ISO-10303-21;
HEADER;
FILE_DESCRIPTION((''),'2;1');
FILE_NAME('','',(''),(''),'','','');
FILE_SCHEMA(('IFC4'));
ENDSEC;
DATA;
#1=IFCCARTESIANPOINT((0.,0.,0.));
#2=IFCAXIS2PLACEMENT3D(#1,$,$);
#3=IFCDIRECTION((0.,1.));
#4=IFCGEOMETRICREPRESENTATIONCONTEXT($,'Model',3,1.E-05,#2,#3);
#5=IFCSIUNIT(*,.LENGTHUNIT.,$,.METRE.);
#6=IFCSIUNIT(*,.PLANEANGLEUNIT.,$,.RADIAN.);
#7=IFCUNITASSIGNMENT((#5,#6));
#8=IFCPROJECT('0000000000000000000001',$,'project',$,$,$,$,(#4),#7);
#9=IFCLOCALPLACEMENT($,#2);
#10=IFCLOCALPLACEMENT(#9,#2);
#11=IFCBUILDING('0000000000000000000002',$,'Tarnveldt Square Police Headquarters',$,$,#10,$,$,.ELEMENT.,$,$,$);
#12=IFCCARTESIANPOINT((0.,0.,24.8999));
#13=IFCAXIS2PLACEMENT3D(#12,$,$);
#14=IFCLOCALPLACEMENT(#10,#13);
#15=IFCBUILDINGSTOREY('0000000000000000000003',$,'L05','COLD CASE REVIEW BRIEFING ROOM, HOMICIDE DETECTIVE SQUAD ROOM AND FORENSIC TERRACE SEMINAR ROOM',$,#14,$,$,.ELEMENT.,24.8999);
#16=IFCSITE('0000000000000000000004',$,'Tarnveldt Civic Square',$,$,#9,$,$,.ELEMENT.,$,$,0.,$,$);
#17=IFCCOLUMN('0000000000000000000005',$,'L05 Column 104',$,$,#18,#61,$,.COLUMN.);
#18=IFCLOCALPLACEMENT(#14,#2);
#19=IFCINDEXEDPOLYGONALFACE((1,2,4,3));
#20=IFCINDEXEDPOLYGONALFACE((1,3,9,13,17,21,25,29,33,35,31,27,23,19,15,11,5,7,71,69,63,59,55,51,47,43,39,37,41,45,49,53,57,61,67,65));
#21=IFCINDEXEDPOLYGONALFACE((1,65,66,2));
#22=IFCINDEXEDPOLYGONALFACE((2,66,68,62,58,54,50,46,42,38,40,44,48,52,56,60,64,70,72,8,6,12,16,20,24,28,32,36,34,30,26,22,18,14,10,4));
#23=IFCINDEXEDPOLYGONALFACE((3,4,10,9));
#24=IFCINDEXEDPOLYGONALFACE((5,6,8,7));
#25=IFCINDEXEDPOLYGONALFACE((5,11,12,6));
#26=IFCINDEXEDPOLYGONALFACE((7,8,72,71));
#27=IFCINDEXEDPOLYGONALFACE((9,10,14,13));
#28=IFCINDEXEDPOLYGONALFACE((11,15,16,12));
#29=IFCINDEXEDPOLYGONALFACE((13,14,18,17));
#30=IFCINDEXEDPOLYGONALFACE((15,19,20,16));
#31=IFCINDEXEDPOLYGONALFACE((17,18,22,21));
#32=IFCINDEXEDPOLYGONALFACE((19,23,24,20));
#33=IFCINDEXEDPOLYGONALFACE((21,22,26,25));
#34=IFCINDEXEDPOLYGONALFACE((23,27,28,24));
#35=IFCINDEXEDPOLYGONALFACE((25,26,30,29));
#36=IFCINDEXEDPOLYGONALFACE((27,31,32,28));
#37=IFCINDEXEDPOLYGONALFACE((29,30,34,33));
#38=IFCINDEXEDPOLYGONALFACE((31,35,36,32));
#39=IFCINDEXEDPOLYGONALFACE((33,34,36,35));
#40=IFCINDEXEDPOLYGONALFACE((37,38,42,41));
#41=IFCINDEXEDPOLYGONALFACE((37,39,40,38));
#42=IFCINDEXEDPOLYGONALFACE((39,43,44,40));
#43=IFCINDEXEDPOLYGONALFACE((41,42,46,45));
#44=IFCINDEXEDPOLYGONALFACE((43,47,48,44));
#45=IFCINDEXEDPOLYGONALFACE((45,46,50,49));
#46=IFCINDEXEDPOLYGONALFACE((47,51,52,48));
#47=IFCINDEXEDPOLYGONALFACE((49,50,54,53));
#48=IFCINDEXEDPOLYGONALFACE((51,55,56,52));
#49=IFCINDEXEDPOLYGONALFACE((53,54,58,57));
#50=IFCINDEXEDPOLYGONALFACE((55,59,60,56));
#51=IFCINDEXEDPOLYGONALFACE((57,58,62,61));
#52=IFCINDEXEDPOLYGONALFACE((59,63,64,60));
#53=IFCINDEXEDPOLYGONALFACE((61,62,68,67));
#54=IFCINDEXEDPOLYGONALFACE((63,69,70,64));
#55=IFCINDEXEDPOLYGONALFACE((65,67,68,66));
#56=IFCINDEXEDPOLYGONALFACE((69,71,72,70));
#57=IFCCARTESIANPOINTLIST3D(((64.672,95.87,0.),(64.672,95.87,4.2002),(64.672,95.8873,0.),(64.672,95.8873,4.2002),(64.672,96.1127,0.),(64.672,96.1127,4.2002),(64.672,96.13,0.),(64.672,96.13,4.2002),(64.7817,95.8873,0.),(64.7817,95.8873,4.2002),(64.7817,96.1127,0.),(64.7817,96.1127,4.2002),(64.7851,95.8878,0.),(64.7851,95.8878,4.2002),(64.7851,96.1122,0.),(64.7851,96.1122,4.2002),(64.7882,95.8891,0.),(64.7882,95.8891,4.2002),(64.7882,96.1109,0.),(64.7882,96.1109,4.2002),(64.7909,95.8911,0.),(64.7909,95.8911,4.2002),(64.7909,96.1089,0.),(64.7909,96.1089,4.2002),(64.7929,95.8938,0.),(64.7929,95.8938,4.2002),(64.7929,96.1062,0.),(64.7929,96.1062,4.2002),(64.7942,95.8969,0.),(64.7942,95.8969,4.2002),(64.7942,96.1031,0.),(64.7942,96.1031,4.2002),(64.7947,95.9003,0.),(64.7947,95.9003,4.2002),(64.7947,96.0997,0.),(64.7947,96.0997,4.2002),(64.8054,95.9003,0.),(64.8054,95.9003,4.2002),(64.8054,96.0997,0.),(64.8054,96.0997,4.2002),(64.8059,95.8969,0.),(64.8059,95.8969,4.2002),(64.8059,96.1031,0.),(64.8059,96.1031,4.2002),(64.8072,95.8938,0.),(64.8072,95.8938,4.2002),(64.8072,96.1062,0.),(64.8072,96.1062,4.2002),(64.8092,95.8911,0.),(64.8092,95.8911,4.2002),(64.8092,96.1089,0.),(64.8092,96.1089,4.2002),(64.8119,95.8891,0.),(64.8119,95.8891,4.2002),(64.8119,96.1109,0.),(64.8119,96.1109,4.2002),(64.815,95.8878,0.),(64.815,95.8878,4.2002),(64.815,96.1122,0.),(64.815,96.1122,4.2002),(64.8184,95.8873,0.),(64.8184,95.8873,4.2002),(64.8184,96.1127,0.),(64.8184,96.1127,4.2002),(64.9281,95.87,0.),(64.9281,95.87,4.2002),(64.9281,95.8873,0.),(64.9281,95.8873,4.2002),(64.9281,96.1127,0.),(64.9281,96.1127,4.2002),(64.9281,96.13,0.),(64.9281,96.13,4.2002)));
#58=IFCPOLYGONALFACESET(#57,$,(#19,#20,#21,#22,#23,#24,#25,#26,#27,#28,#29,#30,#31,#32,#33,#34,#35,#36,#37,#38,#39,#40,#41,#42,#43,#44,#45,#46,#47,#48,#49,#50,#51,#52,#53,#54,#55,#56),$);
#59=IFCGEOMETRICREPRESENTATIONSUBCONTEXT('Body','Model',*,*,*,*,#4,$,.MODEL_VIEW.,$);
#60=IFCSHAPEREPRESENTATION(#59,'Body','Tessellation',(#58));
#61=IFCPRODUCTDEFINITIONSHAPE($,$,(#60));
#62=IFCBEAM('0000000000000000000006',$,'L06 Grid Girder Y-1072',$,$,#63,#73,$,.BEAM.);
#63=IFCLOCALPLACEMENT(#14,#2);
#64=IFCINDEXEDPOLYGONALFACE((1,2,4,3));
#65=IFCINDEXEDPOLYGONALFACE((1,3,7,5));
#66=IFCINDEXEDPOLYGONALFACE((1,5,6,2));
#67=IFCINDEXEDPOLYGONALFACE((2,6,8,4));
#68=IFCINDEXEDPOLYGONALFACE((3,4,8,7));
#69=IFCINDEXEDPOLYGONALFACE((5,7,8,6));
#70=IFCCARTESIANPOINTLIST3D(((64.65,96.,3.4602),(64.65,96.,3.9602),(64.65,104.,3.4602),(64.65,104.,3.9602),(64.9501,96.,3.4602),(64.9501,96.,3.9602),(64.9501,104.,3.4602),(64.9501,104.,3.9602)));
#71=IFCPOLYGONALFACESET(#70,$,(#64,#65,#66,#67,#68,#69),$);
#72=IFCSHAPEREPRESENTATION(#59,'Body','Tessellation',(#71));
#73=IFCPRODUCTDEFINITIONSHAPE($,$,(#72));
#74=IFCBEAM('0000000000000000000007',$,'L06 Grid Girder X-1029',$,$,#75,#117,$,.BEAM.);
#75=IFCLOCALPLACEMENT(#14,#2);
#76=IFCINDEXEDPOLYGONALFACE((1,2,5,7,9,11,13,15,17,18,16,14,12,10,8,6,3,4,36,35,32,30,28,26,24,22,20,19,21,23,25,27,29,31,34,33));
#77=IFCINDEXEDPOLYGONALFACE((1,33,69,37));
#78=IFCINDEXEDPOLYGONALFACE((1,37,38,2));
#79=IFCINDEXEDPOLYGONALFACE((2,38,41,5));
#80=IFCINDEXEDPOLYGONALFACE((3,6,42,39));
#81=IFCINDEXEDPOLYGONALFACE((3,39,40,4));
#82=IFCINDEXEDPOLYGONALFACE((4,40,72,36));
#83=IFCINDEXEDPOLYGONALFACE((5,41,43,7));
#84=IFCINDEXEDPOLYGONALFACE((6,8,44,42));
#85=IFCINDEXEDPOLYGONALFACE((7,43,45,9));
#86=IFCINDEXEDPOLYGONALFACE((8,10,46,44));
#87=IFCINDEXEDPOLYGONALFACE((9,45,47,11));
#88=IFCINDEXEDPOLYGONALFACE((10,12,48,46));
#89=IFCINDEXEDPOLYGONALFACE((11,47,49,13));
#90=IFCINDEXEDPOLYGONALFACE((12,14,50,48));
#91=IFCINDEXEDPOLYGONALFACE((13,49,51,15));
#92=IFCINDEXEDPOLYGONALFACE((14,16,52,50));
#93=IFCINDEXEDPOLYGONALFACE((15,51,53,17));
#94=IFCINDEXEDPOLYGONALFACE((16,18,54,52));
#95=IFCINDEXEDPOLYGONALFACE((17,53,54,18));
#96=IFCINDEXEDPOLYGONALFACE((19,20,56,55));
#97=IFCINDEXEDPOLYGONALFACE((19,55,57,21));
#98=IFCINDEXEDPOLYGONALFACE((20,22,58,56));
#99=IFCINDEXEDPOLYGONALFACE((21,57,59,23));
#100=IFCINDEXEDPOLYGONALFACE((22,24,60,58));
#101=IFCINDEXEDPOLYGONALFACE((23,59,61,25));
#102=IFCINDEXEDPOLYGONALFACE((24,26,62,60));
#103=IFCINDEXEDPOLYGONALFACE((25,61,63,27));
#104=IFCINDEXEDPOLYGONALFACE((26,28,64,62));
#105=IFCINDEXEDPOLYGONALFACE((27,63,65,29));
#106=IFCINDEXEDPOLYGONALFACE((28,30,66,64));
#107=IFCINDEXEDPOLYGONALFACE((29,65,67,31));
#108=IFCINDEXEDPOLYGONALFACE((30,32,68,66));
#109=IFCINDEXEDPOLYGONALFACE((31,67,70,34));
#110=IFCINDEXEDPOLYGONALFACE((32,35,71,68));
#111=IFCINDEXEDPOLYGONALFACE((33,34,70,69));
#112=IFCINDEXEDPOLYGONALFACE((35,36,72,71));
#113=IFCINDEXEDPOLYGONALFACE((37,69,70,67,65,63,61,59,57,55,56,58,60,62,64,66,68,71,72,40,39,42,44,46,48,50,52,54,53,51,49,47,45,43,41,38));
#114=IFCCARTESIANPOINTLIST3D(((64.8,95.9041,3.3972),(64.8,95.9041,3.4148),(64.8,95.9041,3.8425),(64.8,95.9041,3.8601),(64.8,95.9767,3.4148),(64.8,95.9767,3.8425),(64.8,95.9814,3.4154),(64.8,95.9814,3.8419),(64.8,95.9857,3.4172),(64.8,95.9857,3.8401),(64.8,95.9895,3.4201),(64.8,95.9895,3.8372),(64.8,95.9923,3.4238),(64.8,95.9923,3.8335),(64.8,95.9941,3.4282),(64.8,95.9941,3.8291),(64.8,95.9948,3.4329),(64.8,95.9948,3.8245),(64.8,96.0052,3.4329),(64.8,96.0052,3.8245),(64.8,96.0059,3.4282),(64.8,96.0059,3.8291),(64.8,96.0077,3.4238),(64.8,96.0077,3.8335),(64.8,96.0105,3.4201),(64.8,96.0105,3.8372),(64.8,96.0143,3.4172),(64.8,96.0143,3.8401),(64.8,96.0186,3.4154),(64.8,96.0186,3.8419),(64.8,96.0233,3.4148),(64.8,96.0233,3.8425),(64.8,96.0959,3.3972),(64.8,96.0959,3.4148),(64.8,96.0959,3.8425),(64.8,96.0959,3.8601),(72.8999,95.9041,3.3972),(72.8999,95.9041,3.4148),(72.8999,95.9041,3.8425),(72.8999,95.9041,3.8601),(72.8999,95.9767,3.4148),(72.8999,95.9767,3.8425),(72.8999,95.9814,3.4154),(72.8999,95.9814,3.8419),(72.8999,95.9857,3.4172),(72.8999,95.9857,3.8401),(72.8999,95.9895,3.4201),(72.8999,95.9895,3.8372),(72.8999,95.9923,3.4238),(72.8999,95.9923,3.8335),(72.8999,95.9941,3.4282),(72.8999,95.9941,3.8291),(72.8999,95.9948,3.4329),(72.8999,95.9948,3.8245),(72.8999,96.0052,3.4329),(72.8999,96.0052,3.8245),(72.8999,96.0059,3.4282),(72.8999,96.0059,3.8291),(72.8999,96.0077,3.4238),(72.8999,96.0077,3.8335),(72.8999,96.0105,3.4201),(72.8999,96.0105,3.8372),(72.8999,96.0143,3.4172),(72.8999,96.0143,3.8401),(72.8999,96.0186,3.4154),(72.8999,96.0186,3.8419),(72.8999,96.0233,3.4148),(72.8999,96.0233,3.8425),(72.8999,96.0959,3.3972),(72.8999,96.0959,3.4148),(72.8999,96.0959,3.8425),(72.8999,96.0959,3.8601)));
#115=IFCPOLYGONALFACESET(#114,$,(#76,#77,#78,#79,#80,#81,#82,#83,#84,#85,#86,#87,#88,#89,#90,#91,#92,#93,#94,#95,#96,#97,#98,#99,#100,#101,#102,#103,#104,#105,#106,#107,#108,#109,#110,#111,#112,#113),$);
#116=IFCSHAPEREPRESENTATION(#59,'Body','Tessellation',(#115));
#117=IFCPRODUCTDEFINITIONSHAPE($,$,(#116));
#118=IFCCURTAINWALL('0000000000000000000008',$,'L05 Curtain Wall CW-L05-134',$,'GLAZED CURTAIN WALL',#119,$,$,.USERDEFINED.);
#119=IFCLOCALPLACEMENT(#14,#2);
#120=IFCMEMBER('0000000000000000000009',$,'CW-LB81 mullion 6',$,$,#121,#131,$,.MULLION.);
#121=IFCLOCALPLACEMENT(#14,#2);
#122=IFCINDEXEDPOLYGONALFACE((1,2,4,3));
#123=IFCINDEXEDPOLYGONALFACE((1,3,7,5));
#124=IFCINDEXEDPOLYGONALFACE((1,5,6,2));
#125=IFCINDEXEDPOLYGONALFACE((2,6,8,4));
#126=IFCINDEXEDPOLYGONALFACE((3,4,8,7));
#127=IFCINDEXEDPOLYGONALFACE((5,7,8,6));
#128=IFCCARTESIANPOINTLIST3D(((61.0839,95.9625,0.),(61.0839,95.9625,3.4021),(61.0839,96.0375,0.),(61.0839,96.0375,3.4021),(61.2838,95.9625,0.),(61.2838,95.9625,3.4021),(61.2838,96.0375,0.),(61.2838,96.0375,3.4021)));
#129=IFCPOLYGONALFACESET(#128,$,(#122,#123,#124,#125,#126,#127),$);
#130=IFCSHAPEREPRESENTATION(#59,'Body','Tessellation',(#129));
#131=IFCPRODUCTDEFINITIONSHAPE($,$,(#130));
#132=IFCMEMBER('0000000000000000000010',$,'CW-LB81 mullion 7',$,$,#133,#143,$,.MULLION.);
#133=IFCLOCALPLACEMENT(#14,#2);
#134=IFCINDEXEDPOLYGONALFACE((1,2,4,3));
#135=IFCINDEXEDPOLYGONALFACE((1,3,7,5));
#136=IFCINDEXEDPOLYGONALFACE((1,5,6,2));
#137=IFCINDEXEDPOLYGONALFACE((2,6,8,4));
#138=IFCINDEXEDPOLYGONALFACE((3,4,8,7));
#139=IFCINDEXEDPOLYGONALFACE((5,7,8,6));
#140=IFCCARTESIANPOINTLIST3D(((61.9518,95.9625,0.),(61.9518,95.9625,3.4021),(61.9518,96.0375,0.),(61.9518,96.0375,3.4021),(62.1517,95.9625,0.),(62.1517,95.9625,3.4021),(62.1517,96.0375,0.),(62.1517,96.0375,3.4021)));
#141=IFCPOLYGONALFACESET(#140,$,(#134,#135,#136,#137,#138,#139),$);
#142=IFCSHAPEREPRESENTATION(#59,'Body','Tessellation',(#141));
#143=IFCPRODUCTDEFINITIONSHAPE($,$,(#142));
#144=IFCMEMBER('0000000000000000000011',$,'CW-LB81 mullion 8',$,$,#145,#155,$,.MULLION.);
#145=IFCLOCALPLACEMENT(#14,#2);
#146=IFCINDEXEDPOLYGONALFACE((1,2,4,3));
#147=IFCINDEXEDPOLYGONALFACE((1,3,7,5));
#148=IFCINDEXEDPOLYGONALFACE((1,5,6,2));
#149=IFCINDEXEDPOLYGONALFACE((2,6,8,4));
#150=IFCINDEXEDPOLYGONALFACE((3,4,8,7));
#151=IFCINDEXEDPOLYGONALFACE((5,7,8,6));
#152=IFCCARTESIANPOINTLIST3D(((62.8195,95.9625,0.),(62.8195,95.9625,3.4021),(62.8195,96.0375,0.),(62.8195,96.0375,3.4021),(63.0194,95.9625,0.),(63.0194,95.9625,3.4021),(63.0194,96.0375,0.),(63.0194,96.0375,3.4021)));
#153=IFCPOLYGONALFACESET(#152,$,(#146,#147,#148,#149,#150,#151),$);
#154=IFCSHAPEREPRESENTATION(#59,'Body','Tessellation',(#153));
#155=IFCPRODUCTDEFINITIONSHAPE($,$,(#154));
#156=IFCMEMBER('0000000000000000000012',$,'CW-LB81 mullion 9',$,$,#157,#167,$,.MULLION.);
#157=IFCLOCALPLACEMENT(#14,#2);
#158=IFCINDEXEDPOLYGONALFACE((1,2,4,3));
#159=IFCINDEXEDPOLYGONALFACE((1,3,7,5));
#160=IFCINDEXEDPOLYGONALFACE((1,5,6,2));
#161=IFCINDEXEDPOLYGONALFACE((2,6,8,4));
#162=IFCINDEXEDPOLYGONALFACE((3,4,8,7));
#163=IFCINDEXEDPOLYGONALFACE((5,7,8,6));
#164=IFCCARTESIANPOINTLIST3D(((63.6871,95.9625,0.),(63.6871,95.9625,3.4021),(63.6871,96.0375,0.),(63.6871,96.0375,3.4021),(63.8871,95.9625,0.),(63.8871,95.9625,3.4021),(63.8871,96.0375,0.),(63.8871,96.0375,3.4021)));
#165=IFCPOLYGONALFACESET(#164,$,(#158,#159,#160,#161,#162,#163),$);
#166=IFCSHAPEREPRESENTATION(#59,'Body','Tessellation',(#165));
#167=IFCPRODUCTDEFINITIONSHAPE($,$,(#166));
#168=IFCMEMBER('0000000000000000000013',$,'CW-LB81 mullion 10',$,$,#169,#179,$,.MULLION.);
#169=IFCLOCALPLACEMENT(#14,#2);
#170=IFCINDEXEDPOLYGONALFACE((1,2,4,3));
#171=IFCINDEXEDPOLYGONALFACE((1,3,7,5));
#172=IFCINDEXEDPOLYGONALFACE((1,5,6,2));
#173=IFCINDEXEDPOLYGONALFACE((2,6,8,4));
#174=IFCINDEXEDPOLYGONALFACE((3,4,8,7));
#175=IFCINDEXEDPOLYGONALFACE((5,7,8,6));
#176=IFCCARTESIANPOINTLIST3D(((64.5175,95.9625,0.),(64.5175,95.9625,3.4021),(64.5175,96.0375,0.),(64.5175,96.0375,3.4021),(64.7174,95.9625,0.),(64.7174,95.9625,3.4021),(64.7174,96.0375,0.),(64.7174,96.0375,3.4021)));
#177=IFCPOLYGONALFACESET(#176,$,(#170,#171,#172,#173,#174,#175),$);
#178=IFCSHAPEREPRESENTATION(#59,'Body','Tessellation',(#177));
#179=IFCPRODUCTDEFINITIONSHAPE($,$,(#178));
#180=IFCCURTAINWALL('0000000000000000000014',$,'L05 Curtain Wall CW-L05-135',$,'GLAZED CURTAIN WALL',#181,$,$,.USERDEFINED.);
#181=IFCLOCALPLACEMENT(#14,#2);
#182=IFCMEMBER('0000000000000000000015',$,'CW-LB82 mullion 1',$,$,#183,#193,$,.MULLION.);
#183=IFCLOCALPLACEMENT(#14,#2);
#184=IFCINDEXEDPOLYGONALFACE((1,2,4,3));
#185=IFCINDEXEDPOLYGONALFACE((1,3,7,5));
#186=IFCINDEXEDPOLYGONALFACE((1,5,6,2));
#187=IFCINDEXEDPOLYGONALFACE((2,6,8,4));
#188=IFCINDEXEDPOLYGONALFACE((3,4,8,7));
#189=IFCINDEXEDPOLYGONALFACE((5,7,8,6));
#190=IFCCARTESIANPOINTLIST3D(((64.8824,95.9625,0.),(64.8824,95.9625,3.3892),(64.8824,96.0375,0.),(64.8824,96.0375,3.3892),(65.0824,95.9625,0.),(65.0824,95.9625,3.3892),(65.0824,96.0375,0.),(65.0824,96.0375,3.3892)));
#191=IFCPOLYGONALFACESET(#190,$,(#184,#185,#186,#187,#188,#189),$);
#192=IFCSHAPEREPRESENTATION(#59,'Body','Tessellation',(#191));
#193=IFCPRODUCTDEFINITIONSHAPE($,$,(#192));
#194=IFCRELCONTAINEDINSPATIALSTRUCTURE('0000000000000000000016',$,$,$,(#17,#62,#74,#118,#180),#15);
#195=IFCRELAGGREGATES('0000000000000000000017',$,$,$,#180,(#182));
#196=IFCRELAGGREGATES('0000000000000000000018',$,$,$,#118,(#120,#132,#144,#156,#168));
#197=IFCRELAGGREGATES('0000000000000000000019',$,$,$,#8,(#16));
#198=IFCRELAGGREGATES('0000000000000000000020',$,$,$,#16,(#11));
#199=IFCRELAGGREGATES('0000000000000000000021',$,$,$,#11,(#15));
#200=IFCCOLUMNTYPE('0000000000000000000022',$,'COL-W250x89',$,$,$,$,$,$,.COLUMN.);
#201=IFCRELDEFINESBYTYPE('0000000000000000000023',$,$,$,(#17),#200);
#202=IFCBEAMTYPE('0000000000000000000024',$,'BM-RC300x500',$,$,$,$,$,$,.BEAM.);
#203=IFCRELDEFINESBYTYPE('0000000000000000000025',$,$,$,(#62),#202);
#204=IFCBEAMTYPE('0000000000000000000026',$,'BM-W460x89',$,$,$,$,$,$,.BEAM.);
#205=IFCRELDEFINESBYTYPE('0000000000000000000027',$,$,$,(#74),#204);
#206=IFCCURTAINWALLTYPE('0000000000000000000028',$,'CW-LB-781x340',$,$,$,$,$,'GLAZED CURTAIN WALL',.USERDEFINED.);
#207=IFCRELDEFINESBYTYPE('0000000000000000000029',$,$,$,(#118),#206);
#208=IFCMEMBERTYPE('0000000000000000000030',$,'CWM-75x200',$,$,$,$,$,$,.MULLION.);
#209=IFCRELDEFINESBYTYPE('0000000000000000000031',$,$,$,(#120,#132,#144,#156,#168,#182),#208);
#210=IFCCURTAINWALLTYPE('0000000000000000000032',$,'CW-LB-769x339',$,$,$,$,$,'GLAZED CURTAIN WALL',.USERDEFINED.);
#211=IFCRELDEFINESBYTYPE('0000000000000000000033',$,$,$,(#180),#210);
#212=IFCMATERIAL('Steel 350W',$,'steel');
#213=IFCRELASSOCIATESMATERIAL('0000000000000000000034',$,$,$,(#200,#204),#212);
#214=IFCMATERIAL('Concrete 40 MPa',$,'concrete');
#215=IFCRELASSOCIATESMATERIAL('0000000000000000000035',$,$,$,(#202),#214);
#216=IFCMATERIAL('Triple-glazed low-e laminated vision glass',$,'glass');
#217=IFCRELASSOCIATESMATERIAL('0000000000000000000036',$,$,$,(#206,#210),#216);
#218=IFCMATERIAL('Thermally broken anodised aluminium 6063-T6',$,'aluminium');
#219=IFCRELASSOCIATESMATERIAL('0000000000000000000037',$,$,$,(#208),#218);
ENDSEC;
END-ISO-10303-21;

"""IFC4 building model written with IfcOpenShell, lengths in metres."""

from ifc_helpers import new_model, si_unit, direction, frame, origin, origin_2d, place, context, subcontext, project, spatial, rectangle, i_section, extrude, material, material_profile, profile_set, type_object, element, aggregate, save


model = new_model("IFC4")

# Units and contexts
model_context = context("Model", 3, precision=1e-05, world=origin(), true_north=direction((0.0, 1.0)))
body_context = subcontext(model_context, "Body", "Model", "MODEL_VIEW")
ifc_project = project(units=[si_unit("LENGTHUNIT", "METRE"), si_unit("PLANEANGLEUNIT", "RADIAN")], contexts=[model_context])

# Site, building, storey
site_placement = place(None, origin())
site = spatial("IfcSite", under=ifc_project, at=site_placement, Name="Tarnveldt Civic Square", CompositionType="ELEMENT", RefElevation=0.0)
building_placement = place(site_placement, origin())
building = spatial("IfcBuilding", under=site, at=building_placement, Name="Tarnveldt Square Police Headquarters", CompositionType="ELEMENT")
storey_placement = place(building_placement, frame((0.0, 0.0, 24.8999)))
storey = spatial("IfcBuildingStorey", under=building, at=storey_placement, Name="L05", Description="COLD CASE REVIEW BRIEFING ROOM, HOMICIDE DETECTIVE SQUAD ROOM AND FORENSIC TERRACE SEMINAR ROOM", CompositionType="ELEMENT", Elevation=24.8999)

# Column
ifc_material_1 = material(Name="Steel 350W", Category="steel")
ifc_material_profile_1 = material_profile(ifc_material_1, i_section(OverallWidth=0.2561, OverallDepth=0.26, WebThickness=0.0107, FlangeThickness=0.0173, FilletRadius=0.0129, at=origin_2d()), Name="W250x89")
ifc_profile_set_1 = profile_set([ifc_material_profile_1], Name="Steel 350W")
column_type = type_object("IfcColumnType", Name="COL-W250x89", PredefinedType="COLUMN", material=ifc_profile_set_1)
column_placement = place(storey_placement, frame((64.8, 96.0, 0.0), z_axis=(0.0, 0.0, 1.0), x_axis=(1.0, 0.0, 0.0)))
element("IfcColumn", 1, at=column_placement, inside=storey, type_object=column_type, Name="L05 Column 104", PredefinedType="COLUMN", context=body_context, shape_type="SweptSolid", body=[
    extrude(i_section(OverallWidth=0.2561, OverallDepth=0.26, WebThickness=0.0107, FlangeThickness=0.0173, FilletRadius=0.0129, at=origin_2d()), origin(), (0.0, 0.0, 1.0), 4.2002),
])

# Beams
ifc_material_2 = material(Name="Concrete 40 MPa", Category="concrete")
ifc_material_profile_2 = material_profile(ifc_material_2, rectangle(XDim=0.3, YDim=0.5, at=origin_2d()), Name="RC-B300x500")
ifc_profile_set_2 = profile_set([ifc_material_profile_2], Name="Concrete 40 MPa")
beam_type_1 = type_object("IfcBeamType", Name="BM-RC300x500", PredefinedType="BEAM", material=ifc_profile_set_2)
beam_1_placement = place(storey_placement, frame((64.8, 96.0, 3.7102), z_axis=(0.0, 1.0, 0.0), x_axis=(-1.0, 0.0, 0.0)))
element("IfcBeam", 2, at=beam_1_placement, inside=storey, type_object=beam_type_1, Name="L06 Grid Girder Y-1072", PredefinedType="BEAM", context=body_context, shape_type="SweptSolid", body=[
    extrude(rectangle(XDim=0.3, YDim=0.5, at=origin_2d()), origin(), (0.0, 0.0, 1.0), 8.0),
])
ifc_material_profile_3 = material_profile(ifc_material_1, i_section(OverallWidth=0.1919, OverallDepth=0.4629, WebThickness=0.0105, FlangeThickness=0.0176, FilletRadius=0.0181, at=origin_2d()), Name="W460x89")
ifc_profile_set_3 = profile_set([ifc_material_profile_3], Name="Steel 350W")
beam_type_2 = type_object("IfcBeamType", Name="BM-W460x89", PredefinedType="BEAM", material=ifc_profile_set_3)
beam_2_placement = place(storey_placement, frame((64.8, 96.0, 3.6287), z_axis=(1.0, 0.0, 0.0), x_axis=(0.0, 1.0, 0.0)))
element("IfcBeam", 3, at=beam_2_placement, inside=storey, type_object=beam_type_2, Name="L06 Grid Girder X-1029", PredefinedType="BEAM", context=body_context, shape_type="SweptSolid", body=[
    extrude(i_section(OverallWidth=0.1919, OverallDepth=0.4629, WebThickness=0.0105, FlangeThickness=0.0176, FilletRadius=0.0181, at=origin_2d()), origin(), (0.0, 0.0, 1.0), 8.0999),
])

# Curtain wall, members
ifc_material_3 = material(Name="Triple-glazed low-e laminated vision glass", Category="glass")
curtain_wall_type_1 = type_object("IfcCurtainWallType", Name="CW-LB-781x340", ElementType="GLAZED CURTAIN WALL", PredefinedType="USERDEFINED", material=ifc_material_3)
curtain_wall_1_placement = place(storey_placement, origin())
curtain_wall_1 = element("IfcCurtainWall", 4, at=curtain_wall_1_placement, inside=storey, type_object=curtain_wall_type_1, Name="L05 Curtain Wall CW-L05-134", ObjectType="GLAZED CURTAIN WALL", PredefinedType="USERDEFINED")
ifc_material_4 = material(Name="Thermally broken anodised aluminium 6063-T6", Category="aluminium")
ifc_material_profile_4 = material_profile(ifc_material_4, rectangle(XDim=0.075, YDim=0.2, at=origin_2d()), Name="CW-M75x200")
ifc_profile_set_4 = profile_set([ifc_material_profile_4], Name="Thermally broken anodised aluminium 6063-T6")
member_type_1 = type_object("IfcMemberType", Name="CWM-75x200", PredefinedType="MULLION", material=ifc_profile_set_4)
member_1_placement = place(storey_placement, frame((61.1838, 96.0, 0.0), z_axis=(0.0, 0.0, 1.0), x_axis=(0.0, 1.0, 0.0)))
member_1 = element("IfcMember", 5, at=member_1_placement, type_object=member_type_1, Name="CW-LB81 mullion 6", PredefinedType="MULLION", context=body_context, shape_type="SweptSolid", body=[
    extrude(rectangle(XDim=0.075, YDim=0.2, at=origin_2d()), origin(), (0.0, 0.0, 1.0), 3.4021),
])
member_2_placement = place(storey_placement, frame((62.0518, 96.0, 0.0), z_axis=(0.0, 0.0, 1.0), x_axis=(0.0, 1.0, 0.0)))
member_2 = element("IfcMember", 6, at=member_2_placement, type_object=member_type_1, Name="CW-LB81 mullion 7", PredefinedType="MULLION", context=body_context, shape_type="SweptSolid", body=[
    extrude(rectangle(XDim=0.075, YDim=0.2, at=origin_2d()), origin(), (0.0, 0.0, 1.0), 3.4021),
])
member_3_placement = place(storey_placement, frame((62.9194, 96.0, 0.0), z_axis=(0.0, 0.0, 1.0), x_axis=(0.0, 1.0, 0.0)))
member_3 = element("IfcMember", 7, at=member_3_placement, type_object=member_type_1, Name="CW-LB81 mullion 8", PredefinedType="MULLION", context=body_context, shape_type="SweptSolid", body=[
    extrude(rectangle(XDim=0.075, YDim=0.2, at=origin_2d()), origin(), (0.0, 0.0, 1.0), 3.4021),
])
member_4_placement = place(storey_placement, frame((63.7871, 96.0, 0.0), z_axis=(0.0, 0.0, 1.0), x_axis=(0.0, 1.0, 0.0)))
member_4 = element("IfcMember", 8, at=member_4_placement, type_object=member_type_1, Name="CW-LB81 mullion 9", PredefinedType="MULLION", context=body_context, shape_type="SweptSolid", body=[
    extrude(rectangle(XDim=0.075, YDim=0.2, at=origin_2d()), origin(), (0.0, 0.0, 1.0), 3.4021),
])
member_5_placement = place(storey_placement, frame((64.6174, 96.0, 0.0), z_axis=(0.0, 0.0, 1.0), x_axis=(0.0, 1.0, 0.0)))
member_5 = element("IfcMember", 9, at=member_5_placement, type_object=member_type_1, Name="CW-LB81 mullion 10", PredefinedType="MULLION", context=body_context, shape_type="SweptSolid", body=[
    extrude(rectangle(XDim=0.075, YDim=0.2, at=origin_2d()), origin(), (0.0, 0.0, 1.0), 3.4021),
])

# Curtain wall, member
curtain_wall_type_2 = type_object("IfcCurtainWallType", Name="CW-LB-769x339", ElementType="GLAZED CURTAIN WALL", PredefinedType="USERDEFINED", material=ifc_material_3)
curtain_wall_2_placement = place(storey_placement, origin())
curtain_wall_2 = element("IfcCurtainWall", 10, at=curtain_wall_2_placement, inside=storey, type_object=curtain_wall_type_2, Name="L05 Curtain Wall CW-L05-135", ObjectType="GLAZED CURTAIN WALL", PredefinedType="USERDEFINED")
member_6_placement = place(storey_placement, frame((64.9824, 96.0, 0.0), z_axis=(0.0, 0.0, 1.0), x_axis=(0.0, 1.0, 0.0)))
member_6 = element("IfcMember", 11, at=member_6_placement, type_object=member_type_1, Name="CW-LB82 mullion 1", PredefinedType="MULLION", context=body_context, shape_type="SweptSolid", body=[
    extrude(rectangle(XDim=0.075, YDim=0.2, at=origin_2d()), origin(), (0.0, 0.0, 1.0), 3.3892),
])
aggregate(curtain_wall_2, [member_6])

aggregate(curtain_wall_1, [member_1, member_2, member_3, member_4, member_5])

save(model, "model.ifc")
